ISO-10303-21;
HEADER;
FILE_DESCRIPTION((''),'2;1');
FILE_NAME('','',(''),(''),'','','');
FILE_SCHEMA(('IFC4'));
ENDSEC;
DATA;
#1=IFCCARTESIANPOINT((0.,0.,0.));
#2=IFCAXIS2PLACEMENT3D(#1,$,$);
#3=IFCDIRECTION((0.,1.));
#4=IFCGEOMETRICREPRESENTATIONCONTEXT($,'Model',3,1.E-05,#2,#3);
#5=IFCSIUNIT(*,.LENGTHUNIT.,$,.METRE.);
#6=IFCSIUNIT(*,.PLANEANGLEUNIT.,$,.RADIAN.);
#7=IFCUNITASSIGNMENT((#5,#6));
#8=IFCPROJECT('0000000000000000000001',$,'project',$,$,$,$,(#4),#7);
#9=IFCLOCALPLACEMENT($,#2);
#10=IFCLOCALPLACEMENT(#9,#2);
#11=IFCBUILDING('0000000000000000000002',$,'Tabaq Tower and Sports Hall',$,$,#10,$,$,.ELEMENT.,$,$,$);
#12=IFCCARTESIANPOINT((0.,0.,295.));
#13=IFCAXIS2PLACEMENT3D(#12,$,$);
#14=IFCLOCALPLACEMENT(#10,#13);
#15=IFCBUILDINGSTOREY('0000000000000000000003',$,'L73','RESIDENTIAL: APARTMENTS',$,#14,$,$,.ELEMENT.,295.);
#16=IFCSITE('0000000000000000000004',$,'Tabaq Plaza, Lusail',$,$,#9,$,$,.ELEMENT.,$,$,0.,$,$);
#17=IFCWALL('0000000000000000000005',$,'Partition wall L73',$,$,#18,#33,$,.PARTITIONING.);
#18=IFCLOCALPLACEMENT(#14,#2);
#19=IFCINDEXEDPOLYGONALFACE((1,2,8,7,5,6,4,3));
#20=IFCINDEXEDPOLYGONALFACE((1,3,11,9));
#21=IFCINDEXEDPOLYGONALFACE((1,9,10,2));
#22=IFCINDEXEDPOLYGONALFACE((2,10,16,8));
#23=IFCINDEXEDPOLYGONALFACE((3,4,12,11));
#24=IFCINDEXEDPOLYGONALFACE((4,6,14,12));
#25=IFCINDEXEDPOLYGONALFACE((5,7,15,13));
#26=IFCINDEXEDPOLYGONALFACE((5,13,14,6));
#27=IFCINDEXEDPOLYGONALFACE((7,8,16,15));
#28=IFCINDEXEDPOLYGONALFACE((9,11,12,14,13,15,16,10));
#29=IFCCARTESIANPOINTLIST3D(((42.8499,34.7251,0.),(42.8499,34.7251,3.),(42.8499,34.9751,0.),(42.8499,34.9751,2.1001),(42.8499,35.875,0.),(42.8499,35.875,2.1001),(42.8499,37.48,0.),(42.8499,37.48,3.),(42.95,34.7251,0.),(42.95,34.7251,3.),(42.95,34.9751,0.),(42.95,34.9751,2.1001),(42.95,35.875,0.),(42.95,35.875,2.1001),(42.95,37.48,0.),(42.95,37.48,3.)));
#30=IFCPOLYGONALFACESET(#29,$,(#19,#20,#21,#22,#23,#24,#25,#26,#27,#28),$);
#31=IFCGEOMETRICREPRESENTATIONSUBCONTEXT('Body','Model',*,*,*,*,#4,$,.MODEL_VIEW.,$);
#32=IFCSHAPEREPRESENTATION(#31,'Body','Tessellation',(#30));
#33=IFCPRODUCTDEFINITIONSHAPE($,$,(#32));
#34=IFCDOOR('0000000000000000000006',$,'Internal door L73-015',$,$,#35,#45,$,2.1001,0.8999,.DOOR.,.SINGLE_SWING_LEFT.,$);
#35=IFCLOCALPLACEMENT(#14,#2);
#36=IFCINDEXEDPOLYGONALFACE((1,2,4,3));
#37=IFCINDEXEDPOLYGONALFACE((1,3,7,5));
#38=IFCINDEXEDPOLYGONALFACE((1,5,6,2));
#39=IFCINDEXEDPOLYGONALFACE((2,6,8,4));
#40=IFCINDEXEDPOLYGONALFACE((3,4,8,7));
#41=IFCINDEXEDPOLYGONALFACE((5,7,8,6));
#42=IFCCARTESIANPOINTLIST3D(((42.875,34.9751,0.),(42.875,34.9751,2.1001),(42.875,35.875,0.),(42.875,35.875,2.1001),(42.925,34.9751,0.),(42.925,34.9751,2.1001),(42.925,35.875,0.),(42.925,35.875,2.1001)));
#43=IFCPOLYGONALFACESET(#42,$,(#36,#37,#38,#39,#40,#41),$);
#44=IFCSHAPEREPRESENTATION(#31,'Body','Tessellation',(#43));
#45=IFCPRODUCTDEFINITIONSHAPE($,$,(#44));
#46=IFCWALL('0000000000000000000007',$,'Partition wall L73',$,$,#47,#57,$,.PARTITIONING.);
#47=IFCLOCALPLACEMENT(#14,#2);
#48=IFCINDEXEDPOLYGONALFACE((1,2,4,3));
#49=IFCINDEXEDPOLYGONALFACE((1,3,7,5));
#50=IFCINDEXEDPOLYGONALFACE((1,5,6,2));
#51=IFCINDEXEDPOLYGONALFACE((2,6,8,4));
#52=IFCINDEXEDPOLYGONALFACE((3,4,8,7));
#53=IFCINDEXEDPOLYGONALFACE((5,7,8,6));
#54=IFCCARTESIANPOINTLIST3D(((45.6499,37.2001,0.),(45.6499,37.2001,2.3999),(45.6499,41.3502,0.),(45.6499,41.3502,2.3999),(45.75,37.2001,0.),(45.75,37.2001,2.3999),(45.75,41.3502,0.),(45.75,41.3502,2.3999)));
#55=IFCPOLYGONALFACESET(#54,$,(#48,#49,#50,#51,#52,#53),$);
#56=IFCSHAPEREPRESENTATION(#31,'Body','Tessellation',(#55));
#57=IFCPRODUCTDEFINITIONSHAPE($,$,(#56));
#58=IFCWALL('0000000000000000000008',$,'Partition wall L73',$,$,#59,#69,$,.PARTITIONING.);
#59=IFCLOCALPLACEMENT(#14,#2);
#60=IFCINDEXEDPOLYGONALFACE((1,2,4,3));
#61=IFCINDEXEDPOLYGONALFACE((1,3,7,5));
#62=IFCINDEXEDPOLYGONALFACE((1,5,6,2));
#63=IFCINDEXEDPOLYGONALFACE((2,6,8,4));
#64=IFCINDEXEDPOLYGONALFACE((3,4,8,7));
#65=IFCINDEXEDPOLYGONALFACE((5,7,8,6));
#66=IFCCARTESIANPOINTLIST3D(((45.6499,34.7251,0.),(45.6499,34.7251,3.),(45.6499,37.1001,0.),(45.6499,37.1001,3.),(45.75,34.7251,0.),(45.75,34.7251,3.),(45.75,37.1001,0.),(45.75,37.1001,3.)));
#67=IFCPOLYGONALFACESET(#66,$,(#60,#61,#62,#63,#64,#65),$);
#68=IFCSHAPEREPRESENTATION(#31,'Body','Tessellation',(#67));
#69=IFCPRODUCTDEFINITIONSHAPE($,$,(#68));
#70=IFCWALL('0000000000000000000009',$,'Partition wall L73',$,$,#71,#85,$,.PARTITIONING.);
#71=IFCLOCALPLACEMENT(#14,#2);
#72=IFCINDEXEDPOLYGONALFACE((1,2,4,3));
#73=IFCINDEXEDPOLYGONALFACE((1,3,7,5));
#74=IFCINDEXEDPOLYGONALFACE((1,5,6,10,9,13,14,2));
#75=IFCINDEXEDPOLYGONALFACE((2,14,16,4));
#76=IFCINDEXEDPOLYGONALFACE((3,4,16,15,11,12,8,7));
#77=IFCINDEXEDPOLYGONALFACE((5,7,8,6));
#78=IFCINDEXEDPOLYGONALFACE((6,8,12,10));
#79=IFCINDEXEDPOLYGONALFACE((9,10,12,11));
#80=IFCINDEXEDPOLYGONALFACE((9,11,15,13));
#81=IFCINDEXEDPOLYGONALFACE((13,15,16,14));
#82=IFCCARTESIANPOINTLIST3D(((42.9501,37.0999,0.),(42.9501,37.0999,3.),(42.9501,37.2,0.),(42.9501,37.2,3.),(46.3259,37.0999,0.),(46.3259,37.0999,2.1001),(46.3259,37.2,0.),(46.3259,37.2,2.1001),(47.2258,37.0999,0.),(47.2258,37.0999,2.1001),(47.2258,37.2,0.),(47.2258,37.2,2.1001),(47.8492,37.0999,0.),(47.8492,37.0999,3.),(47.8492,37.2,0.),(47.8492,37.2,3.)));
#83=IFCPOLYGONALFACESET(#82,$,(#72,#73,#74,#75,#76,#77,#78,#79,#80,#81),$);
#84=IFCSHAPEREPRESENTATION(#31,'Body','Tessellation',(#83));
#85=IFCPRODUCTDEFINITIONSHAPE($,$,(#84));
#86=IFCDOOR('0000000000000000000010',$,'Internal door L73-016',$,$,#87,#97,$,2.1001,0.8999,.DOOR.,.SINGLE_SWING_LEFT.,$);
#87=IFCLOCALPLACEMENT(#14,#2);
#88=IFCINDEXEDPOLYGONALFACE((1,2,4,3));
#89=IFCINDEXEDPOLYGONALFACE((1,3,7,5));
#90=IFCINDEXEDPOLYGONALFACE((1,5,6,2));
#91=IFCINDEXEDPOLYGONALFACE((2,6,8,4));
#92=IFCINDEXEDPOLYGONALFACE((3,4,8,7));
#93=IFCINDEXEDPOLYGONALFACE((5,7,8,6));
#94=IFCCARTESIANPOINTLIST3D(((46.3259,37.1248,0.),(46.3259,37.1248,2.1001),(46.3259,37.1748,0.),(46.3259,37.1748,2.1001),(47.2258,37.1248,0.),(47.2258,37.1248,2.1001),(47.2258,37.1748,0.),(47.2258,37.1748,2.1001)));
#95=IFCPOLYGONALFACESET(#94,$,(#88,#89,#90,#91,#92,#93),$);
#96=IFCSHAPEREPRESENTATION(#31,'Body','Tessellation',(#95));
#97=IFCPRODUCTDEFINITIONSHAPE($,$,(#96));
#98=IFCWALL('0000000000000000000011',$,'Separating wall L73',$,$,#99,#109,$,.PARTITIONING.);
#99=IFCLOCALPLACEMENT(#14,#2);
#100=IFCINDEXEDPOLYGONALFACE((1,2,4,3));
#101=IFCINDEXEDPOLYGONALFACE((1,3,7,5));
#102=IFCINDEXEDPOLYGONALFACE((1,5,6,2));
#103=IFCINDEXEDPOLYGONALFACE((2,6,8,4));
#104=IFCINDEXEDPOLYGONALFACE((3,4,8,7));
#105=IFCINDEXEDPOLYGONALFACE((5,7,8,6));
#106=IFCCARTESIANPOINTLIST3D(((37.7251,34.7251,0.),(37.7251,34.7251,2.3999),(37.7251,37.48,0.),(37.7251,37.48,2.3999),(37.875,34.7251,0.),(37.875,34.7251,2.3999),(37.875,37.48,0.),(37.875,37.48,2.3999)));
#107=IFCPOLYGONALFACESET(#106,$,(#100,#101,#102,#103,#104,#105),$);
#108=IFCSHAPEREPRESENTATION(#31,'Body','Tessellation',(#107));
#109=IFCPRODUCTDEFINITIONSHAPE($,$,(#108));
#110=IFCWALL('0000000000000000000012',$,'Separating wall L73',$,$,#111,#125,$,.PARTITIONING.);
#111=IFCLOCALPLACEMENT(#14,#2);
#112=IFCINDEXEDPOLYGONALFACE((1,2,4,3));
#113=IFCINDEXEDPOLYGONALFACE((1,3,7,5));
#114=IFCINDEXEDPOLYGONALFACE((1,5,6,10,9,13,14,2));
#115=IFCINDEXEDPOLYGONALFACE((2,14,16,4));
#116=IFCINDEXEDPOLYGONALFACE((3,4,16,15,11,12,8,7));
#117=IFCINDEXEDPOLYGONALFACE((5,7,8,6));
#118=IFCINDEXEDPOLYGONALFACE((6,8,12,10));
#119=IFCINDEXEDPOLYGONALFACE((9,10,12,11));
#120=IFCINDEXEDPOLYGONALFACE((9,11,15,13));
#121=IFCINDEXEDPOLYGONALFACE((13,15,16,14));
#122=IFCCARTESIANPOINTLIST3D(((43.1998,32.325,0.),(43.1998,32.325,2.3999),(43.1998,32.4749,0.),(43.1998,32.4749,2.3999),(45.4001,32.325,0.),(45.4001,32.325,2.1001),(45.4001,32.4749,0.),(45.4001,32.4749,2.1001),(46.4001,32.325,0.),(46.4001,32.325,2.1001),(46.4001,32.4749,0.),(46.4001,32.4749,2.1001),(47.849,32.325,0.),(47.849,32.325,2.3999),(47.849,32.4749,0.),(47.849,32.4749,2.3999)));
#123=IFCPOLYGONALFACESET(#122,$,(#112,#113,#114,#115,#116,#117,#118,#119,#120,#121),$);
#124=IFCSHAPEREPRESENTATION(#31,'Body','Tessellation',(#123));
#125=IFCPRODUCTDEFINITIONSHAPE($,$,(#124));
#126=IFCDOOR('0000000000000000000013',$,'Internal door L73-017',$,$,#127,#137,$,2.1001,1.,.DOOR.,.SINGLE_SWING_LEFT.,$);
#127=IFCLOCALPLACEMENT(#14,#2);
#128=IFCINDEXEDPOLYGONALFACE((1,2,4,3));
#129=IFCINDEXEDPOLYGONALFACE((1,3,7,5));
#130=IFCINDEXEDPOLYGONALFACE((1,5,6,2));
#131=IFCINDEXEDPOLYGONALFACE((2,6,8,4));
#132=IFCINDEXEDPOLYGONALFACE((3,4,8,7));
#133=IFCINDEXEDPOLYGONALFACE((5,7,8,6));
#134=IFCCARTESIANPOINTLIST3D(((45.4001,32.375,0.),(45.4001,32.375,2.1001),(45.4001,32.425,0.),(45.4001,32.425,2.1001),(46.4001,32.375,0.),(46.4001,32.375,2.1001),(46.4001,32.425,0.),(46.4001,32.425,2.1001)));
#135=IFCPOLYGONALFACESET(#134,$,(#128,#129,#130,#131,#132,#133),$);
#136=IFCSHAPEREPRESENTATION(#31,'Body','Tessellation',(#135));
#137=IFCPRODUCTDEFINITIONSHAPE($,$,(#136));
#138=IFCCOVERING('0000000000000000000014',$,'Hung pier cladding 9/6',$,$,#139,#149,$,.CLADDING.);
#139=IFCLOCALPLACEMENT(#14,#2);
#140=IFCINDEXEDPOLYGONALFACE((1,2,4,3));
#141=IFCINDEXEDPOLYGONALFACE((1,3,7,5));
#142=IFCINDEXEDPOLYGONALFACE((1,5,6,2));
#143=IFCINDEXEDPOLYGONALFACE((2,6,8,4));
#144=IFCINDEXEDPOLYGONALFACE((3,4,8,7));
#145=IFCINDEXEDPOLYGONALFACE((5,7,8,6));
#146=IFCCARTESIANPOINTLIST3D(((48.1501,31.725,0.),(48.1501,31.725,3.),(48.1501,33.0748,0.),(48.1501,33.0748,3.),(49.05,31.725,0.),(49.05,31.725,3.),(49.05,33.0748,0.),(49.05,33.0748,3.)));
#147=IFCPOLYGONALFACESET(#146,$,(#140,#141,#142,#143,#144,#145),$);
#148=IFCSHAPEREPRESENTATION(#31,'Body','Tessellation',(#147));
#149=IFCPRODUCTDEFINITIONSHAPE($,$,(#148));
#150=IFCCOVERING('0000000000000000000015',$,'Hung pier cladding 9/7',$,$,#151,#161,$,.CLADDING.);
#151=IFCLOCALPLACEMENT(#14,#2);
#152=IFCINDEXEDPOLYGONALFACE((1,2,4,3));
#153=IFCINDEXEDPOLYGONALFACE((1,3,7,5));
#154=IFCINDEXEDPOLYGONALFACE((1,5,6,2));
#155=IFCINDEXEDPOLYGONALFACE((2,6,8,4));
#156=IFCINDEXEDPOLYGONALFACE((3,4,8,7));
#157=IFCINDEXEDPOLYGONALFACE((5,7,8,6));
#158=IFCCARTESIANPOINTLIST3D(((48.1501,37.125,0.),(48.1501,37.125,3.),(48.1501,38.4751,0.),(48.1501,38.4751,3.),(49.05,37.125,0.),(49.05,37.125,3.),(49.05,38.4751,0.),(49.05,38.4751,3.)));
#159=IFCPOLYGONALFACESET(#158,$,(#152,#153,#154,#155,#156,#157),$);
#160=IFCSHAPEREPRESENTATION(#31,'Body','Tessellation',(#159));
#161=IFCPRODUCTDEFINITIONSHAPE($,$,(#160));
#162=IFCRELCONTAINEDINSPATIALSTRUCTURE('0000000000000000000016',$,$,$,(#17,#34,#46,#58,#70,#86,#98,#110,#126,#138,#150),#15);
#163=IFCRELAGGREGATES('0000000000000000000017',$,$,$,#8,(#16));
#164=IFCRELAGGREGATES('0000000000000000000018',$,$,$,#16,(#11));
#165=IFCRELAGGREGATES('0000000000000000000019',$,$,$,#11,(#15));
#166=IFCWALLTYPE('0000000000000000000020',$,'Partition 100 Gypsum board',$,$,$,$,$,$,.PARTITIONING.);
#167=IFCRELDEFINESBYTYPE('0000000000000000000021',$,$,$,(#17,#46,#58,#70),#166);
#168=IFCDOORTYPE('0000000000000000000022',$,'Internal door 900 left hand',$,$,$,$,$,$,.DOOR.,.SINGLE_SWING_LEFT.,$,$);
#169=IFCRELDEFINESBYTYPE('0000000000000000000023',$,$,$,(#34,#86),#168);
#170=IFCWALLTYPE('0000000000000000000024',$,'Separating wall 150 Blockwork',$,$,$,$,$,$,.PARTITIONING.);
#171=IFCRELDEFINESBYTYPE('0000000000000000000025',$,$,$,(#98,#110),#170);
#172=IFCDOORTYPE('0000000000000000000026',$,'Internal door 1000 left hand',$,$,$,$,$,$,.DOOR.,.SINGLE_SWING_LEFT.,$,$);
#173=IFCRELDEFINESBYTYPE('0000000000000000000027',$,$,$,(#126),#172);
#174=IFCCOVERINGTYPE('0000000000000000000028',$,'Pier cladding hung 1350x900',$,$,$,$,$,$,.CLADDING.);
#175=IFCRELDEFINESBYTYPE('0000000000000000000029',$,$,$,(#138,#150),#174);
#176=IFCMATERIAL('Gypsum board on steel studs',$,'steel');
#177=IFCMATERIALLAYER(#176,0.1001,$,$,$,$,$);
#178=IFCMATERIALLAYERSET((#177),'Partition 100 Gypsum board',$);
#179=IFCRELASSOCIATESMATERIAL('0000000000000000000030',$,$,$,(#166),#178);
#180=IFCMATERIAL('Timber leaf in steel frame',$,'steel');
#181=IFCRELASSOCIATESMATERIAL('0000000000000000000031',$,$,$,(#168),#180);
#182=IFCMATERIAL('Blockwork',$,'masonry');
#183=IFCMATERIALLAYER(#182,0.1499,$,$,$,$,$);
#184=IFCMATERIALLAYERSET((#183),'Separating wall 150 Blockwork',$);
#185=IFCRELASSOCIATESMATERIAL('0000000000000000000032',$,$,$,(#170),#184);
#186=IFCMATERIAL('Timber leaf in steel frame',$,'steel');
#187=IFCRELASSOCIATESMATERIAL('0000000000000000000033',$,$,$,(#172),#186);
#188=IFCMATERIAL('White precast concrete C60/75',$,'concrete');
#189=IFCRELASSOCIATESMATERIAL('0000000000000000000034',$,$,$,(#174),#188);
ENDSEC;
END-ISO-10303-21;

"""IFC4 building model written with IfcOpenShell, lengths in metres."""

from ifc_helpers import new_model, si_unit, direction, frame, frame_2d, origin, place, context, subcontext, project, spatial, rectangle, extrude, material, layer, layer_set, type_object, element, fill, save


model = new_model("IFC4")

# Units and contexts
model_context = context("Model", 3, precision=1e-05, world=origin(), true_north=direction((0.0, 1.0)))
body_context = subcontext(model_context, "Body", "Model", "MODEL_VIEW")
ifc_project = project(units=[si_unit("LENGTHUNIT", "METRE"), si_unit("PLANEANGLEUNIT", "RADIAN")], contexts=[model_context])

# Site, building, storey
site_placement = place(None, origin())
site = spatial("IfcSite", under=ifc_project, at=site_placement, Name="Tabaq Plaza, Lusail", CompositionType="ELEMENT", RefElevation=0.0)
building_placement = place(site_placement, origin())
building = spatial("IfcBuilding", under=site, at=building_placement, Name="Tabaq Tower and Sports Hall", CompositionType="ELEMENT")
storey_placement = place(building_placement, frame((0.0, 0.0, 295.0)))
storey = spatial("IfcBuildingStorey", under=building, at=storey_placement, Name="L73", Description="RESIDENTIAL: APARTMENTS", CompositionType="ELEMENT", Elevation=295.0)

# Shared definitions
ifc_material_1 = material(Name="Gypsum board on steel studs", Category="steel")
ifc_layer_1 = layer(ifc_material_1, 0.1001)
ifc_layer_set_1 = layer_set([ifc_layer_1], Name="Partition 100 Gypsum board")
wall_type_1 = type_object("IfcWallType", Name="Partition 100 Gypsum board", PredefinedType="PARTITIONING", material=ifc_layer_set_1)

# Shared definitions
ifc_material_2 = material(Name="Timber leaf in steel frame", Category="steel")
door_type_1 = type_object("IfcDoorType", Name="Internal door 900 left hand", OperationType="SINGLE_SWING_LEFT", PredefinedType="DOOR", material=ifc_material_2)

# Wall, opening, door
wall_1_placement = place(storey_placement, frame((42.8999, 34.7251, 0.0), z_axis=(0.0, 0.0, 1.0), x_axis=(0.0, 1.0, 0.0)))
wall_1 = element("IfcWall", 1, at=wall_1_placement, inside=storey, type_object=wall_type_1, Name="Partition wall L73", PredefinedType="PARTITIONING", context=body_context, shape_type="SweptSolid", body=[
    extrude(rectangle(XDim=2.7549, YDim=0.1001, at=frame_2d((1.3774, 0.0))), origin(), (0.0, 0.0, 1.0), 3.0),
])
opening_1_placement = place(wall_1_placement, frame((0.25, 0.0, 0.0)))
opening_1 = element("IfcOpeningElement", 2, at=opening_1_placement, cuts=wall_1, PredefinedType="OPENING", context=body_context, shape_type="SweptSolid", body=[
    extrude(rectangle(XDim=0.8999, YDim=2.1001, at=frame_2d((0.45, 1.05))), frame((0.0, 0.05, 0.0), z_axis=(0.0, -1.0, 0.0), x_axis=(1.0, 0.0, 0.0)), (0.0, 0.0, 1.0), 0.1001),
])
door_1_placement = place(opening_1_placement, origin())
door_1 = element("IfcDoor", 3, at=door_1_placement, inside=storey, type_object=door_type_1, Name="Internal door L73-015", OperationType="SINGLE_SWING_LEFT", OverallHeight=2.1001, OverallWidth=0.8999, PredefinedType="DOOR", context=body_context, shape_type="SweptSolid", body=[
    extrude(rectangle(XDim=0.8999, YDim=2.1001, at=frame_2d((0.45, 1.05))), frame((0.0, 0.0249, 0.0), z_axis=(0.0, -1.0, 0.0), x_axis=(1.0, 0.0, 0.0)), (0.0, 0.0, 1.0), 0.05),
])
fill(opening_1, door_1)

# Walls
wall_2_placement = place(storey_placement, frame((45.7, 37.2, 0.0), z_axis=(0.0, 0.0, 1.0), x_axis=(0.0, 1.0, 0.0)))
element("IfcWall", 4, at=wall_2_placement, inside=storey, type_object=wall_type_1, Name="Partition wall L73", PredefinedType="PARTITIONING", context=body_context, shape_type="SweptSolid", body=[
    extrude(rectangle(XDim=4.1501, YDim=0.1001, at=frame_2d((2.0752, 0.0))), origin(), (0.0, 0.0, 1.0), 2.3999),
])
wall_3_placement = place(storey_placement, frame((45.7, 34.7251, 0.0), z_axis=(0.0, 0.0, 1.0), x_axis=(0.0, 1.0, 0.0)))
element("IfcWall", 5, at=wall_3_placement, inside=storey, type_object=wall_type_1, Name="Partition wall L73", PredefinedType="PARTITIONING", context=body_context, shape_type="SweptSolid", body=[
    extrude(rectangle(XDim=2.375, YDim=0.1001, at=frame_2d((1.1875, 0.0))), origin(), (0.0, 0.0, 1.0), 3.0),
])

# Wall, opening, door
wall_4_placement = place(storey_placement, frame((42.95, 37.1499, 0.0), z_axis=(0.0, 0.0, 1.0), x_axis=(1.0, 0.0, 0.0)))
wall_4 = element("IfcWall", 6, at=wall_4_placement, inside=storey, type_object=wall_type_1, Name="Partition wall L73", PredefinedType="PARTITIONING", context=body_context, shape_type="SweptSolid", body=[
    extrude(rectangle(XDim=4.8992, YDim=0.1001, at=frame_2d((2.4497, 0.0))), origin(), (0.0, 0.0, 1.0), 3.0),
])
opening_2_placement = place(wall_4_placement, frame((3.376, 0.0, 0.0)))
opening_2 = element("IfcOpeningElement", 7, at=opening_2_placement, cuts=wall_4, PredefinedType="OPENING", context=body_context, shape_type="SweptSolid", body=[
    extrude(rectangle(XDim=0.8999, YDim=2.1001, at=frame_2d((0.45, 1.05))), frame((0.0, 0.05, 0.0), z_axis=(0.0, -1.0, 0.0), x_axis=(1.0, 0.0, 0.0)), (0.0, 0.0, 1.0), 0.1001),
])
door_2_placement = place(opening_2_placement, origin())
door_2 = element("IfcDoor", 8, at=door_2_placement, inside=storey, type_object=door_type_1, Name="Internal door L73-016", OperationType="SINGLE_SWING_LEFT", OverallHeight=2.1001, OverallWidth=0.8999, PredefinedType="DOOR", context=body_context, shape_type="SweptSolid", body=[
    extrude(rectangle(XDim=0.8999, YDim=2.1001, at=frame_2d((0.45, 1.05))), frame((0.0, 0.0249, 0.0), z_axis=(0.0, -1.0, 0.0), x_axis=(1.0, 0.0, 0.0)), (0.0, 0.0, 1.0), 0.05),
])
fill(opening_2, door_2)

# Wall
ifc_material_3 = material(Name="Blockwork", Category="masonry")
ifc_layer_2 = layer(ifc_material_3, 0.1499)
ifc_layer_set_2 = layer_set([ifc_layer_2], Name="Separating wall 150 Blockwork")
wall_type_2 = type_object("IfcWallType", Name="Separating wall 150 Blockwork", PredefinedType="PARTITIONING", material=ifc_layer_set_2)
wall_5_placement = place(storey_placement, frame((37.8, 34.7251, 0.0), z_axis=(0.0, 0.0, 1.0), x_axis=(0.0, 1.0, 0.0)))
element("IfcWall", 9, at=wall_5_placement, inside=storey, type_object=wall_type_2, Name="Separating wall L73", PredefinedType="PARTITIONING", context=body_context, shape_type="SweptSolid", body=[
    extrude(rectangle(XDim=2.7549, YDim=0.1499, at=frame_2d((1.3774, 0.0))), origin(), (0.0, 0.0, 1.0), 2.3999),
])

# Wall, opening, door
wall_6_placement = place(storey_placement, frame((47.8491, 32.3999, 0.0), z_axis=(0.0, 0.0, 1.0), x_axis=(-1.0, 0.0, 0.0)))
wall_6 = element("IfcWall", 10, at=wall_6_placement, inside=storey, type_object=wall_type_2, Name="Separating wall L73", PredefinedType="PARTITIONING", context=body_context, shape_type="SweptSolid", body=[
    extrude(rectangle(XDim=4.6492, YDim=0.1499, at=frame_2d((2.3247, 0.0))), origin(), (0.0, 0.0, 1.0), 2.3999),
])
opening_3_placement = place(wall_6_placement, frame((1.449, 0.0, 0.0)))
opening_3 = element("IfcOpeningElement", 11, at=opening_3_placement, cuts=wall_6, PredefinedType="OPENING", context=body_context, shape_type="SweptSolid", body=[
    extrude(rectangle(XDim=1.0, YDim=2.1001, at=frame_2d((0.5, 1.05))), frame((0.0, 0.075, 0.0), z_axis=(0.0, -1.0, 0.0), x_axis=(1.0, 0.0, 0.0)), (0.0, 0.0, 1.0), 0.1499),
])
ifc_material_4 = material(Name="Timber leaf in steel frame", Category="steel")
door_type_2 = type_object("IfcDoorType", Name="Internal door 1000 left hand", OperationType="SINGLE_SWING_LEFT", PredefinedType="DOOR", material=ifc_material_4)
door_3_placement = place(opening_3_placement, origin())
door_3 = element("IfcDoor", 12, at=door_3_placement, inside=storey, type_object=door_type_2, Name="Internal door L73-017", OperationType="SINGLE_SWING_LEFT", OverallHeight=2.1001, OverallWidth=1.0, PredefinedType="DOOR", context=body_context, shape_type="SweptSolid", body=[
    extrude(rectangle(XDim=1.0, YDim=2.1001, at=frame_2d((0.5, 1.05))), frame((0.0, 0.0249, 0.0), z_axis=(0.0, -1.0, 0.0), x_axis=(1.0, 0.0, 0.0)), (0.0, 0.0, 1.0), 0.05),
])
fill(opening_3, door_3)

# Coverings
ifc_material_5 = material(Name="White precast concrete C60/75", Category="concrete")
covering_type_1 = type_object("IfcCoveringType", Name="Pier cladding hung 1350x900", PredefinedType="CLADDING", material=ifc_material_5)
covering_1_placement = place(storey_placement, frame((48.6001, 31.7251, 0.0), z_axis=(0.0, 0.0, 1.0), x_axis=(0.0, 1.0, 0.0)))
element("IfcCovering", 13, at=covering_1_placement, inside=storey, type_object=covering_type_1, Name="Hung pier cladding 9/6", PredefinedType="CLADDING", context=body_context, shape_type="SweptSolid", body=[
    extrude(rectangle(XDim=1.3499, YDim=0.8999, at=frame_2d((0.6748, 0.0))), origin(), (0.0, 0.0, 1.0), 3.0),
])
covering_2_placement = place(storey_placement, frame((48.6001, 37.125, 0.0), z_axis=(0.0, 0.0, 1.0), x_axis=(0.0, 1.0, 0.0)))
element("IfcCovering", 14, at=covering_2_placement, inside=storey, type_object=covering_type_1, Name="Hung pier cladding 9/7", PredefinedType="CLADDING", context=body_context, shape_type="SweptSolid", body=[
    extrude(rectangle(XDim=1.3501, YDim=0.8999, at=frame_2d((0.675, 0.0))), origin(), (0.0, 0.0, 1.0), 3.0),
])

save(model, "model.ifc")
